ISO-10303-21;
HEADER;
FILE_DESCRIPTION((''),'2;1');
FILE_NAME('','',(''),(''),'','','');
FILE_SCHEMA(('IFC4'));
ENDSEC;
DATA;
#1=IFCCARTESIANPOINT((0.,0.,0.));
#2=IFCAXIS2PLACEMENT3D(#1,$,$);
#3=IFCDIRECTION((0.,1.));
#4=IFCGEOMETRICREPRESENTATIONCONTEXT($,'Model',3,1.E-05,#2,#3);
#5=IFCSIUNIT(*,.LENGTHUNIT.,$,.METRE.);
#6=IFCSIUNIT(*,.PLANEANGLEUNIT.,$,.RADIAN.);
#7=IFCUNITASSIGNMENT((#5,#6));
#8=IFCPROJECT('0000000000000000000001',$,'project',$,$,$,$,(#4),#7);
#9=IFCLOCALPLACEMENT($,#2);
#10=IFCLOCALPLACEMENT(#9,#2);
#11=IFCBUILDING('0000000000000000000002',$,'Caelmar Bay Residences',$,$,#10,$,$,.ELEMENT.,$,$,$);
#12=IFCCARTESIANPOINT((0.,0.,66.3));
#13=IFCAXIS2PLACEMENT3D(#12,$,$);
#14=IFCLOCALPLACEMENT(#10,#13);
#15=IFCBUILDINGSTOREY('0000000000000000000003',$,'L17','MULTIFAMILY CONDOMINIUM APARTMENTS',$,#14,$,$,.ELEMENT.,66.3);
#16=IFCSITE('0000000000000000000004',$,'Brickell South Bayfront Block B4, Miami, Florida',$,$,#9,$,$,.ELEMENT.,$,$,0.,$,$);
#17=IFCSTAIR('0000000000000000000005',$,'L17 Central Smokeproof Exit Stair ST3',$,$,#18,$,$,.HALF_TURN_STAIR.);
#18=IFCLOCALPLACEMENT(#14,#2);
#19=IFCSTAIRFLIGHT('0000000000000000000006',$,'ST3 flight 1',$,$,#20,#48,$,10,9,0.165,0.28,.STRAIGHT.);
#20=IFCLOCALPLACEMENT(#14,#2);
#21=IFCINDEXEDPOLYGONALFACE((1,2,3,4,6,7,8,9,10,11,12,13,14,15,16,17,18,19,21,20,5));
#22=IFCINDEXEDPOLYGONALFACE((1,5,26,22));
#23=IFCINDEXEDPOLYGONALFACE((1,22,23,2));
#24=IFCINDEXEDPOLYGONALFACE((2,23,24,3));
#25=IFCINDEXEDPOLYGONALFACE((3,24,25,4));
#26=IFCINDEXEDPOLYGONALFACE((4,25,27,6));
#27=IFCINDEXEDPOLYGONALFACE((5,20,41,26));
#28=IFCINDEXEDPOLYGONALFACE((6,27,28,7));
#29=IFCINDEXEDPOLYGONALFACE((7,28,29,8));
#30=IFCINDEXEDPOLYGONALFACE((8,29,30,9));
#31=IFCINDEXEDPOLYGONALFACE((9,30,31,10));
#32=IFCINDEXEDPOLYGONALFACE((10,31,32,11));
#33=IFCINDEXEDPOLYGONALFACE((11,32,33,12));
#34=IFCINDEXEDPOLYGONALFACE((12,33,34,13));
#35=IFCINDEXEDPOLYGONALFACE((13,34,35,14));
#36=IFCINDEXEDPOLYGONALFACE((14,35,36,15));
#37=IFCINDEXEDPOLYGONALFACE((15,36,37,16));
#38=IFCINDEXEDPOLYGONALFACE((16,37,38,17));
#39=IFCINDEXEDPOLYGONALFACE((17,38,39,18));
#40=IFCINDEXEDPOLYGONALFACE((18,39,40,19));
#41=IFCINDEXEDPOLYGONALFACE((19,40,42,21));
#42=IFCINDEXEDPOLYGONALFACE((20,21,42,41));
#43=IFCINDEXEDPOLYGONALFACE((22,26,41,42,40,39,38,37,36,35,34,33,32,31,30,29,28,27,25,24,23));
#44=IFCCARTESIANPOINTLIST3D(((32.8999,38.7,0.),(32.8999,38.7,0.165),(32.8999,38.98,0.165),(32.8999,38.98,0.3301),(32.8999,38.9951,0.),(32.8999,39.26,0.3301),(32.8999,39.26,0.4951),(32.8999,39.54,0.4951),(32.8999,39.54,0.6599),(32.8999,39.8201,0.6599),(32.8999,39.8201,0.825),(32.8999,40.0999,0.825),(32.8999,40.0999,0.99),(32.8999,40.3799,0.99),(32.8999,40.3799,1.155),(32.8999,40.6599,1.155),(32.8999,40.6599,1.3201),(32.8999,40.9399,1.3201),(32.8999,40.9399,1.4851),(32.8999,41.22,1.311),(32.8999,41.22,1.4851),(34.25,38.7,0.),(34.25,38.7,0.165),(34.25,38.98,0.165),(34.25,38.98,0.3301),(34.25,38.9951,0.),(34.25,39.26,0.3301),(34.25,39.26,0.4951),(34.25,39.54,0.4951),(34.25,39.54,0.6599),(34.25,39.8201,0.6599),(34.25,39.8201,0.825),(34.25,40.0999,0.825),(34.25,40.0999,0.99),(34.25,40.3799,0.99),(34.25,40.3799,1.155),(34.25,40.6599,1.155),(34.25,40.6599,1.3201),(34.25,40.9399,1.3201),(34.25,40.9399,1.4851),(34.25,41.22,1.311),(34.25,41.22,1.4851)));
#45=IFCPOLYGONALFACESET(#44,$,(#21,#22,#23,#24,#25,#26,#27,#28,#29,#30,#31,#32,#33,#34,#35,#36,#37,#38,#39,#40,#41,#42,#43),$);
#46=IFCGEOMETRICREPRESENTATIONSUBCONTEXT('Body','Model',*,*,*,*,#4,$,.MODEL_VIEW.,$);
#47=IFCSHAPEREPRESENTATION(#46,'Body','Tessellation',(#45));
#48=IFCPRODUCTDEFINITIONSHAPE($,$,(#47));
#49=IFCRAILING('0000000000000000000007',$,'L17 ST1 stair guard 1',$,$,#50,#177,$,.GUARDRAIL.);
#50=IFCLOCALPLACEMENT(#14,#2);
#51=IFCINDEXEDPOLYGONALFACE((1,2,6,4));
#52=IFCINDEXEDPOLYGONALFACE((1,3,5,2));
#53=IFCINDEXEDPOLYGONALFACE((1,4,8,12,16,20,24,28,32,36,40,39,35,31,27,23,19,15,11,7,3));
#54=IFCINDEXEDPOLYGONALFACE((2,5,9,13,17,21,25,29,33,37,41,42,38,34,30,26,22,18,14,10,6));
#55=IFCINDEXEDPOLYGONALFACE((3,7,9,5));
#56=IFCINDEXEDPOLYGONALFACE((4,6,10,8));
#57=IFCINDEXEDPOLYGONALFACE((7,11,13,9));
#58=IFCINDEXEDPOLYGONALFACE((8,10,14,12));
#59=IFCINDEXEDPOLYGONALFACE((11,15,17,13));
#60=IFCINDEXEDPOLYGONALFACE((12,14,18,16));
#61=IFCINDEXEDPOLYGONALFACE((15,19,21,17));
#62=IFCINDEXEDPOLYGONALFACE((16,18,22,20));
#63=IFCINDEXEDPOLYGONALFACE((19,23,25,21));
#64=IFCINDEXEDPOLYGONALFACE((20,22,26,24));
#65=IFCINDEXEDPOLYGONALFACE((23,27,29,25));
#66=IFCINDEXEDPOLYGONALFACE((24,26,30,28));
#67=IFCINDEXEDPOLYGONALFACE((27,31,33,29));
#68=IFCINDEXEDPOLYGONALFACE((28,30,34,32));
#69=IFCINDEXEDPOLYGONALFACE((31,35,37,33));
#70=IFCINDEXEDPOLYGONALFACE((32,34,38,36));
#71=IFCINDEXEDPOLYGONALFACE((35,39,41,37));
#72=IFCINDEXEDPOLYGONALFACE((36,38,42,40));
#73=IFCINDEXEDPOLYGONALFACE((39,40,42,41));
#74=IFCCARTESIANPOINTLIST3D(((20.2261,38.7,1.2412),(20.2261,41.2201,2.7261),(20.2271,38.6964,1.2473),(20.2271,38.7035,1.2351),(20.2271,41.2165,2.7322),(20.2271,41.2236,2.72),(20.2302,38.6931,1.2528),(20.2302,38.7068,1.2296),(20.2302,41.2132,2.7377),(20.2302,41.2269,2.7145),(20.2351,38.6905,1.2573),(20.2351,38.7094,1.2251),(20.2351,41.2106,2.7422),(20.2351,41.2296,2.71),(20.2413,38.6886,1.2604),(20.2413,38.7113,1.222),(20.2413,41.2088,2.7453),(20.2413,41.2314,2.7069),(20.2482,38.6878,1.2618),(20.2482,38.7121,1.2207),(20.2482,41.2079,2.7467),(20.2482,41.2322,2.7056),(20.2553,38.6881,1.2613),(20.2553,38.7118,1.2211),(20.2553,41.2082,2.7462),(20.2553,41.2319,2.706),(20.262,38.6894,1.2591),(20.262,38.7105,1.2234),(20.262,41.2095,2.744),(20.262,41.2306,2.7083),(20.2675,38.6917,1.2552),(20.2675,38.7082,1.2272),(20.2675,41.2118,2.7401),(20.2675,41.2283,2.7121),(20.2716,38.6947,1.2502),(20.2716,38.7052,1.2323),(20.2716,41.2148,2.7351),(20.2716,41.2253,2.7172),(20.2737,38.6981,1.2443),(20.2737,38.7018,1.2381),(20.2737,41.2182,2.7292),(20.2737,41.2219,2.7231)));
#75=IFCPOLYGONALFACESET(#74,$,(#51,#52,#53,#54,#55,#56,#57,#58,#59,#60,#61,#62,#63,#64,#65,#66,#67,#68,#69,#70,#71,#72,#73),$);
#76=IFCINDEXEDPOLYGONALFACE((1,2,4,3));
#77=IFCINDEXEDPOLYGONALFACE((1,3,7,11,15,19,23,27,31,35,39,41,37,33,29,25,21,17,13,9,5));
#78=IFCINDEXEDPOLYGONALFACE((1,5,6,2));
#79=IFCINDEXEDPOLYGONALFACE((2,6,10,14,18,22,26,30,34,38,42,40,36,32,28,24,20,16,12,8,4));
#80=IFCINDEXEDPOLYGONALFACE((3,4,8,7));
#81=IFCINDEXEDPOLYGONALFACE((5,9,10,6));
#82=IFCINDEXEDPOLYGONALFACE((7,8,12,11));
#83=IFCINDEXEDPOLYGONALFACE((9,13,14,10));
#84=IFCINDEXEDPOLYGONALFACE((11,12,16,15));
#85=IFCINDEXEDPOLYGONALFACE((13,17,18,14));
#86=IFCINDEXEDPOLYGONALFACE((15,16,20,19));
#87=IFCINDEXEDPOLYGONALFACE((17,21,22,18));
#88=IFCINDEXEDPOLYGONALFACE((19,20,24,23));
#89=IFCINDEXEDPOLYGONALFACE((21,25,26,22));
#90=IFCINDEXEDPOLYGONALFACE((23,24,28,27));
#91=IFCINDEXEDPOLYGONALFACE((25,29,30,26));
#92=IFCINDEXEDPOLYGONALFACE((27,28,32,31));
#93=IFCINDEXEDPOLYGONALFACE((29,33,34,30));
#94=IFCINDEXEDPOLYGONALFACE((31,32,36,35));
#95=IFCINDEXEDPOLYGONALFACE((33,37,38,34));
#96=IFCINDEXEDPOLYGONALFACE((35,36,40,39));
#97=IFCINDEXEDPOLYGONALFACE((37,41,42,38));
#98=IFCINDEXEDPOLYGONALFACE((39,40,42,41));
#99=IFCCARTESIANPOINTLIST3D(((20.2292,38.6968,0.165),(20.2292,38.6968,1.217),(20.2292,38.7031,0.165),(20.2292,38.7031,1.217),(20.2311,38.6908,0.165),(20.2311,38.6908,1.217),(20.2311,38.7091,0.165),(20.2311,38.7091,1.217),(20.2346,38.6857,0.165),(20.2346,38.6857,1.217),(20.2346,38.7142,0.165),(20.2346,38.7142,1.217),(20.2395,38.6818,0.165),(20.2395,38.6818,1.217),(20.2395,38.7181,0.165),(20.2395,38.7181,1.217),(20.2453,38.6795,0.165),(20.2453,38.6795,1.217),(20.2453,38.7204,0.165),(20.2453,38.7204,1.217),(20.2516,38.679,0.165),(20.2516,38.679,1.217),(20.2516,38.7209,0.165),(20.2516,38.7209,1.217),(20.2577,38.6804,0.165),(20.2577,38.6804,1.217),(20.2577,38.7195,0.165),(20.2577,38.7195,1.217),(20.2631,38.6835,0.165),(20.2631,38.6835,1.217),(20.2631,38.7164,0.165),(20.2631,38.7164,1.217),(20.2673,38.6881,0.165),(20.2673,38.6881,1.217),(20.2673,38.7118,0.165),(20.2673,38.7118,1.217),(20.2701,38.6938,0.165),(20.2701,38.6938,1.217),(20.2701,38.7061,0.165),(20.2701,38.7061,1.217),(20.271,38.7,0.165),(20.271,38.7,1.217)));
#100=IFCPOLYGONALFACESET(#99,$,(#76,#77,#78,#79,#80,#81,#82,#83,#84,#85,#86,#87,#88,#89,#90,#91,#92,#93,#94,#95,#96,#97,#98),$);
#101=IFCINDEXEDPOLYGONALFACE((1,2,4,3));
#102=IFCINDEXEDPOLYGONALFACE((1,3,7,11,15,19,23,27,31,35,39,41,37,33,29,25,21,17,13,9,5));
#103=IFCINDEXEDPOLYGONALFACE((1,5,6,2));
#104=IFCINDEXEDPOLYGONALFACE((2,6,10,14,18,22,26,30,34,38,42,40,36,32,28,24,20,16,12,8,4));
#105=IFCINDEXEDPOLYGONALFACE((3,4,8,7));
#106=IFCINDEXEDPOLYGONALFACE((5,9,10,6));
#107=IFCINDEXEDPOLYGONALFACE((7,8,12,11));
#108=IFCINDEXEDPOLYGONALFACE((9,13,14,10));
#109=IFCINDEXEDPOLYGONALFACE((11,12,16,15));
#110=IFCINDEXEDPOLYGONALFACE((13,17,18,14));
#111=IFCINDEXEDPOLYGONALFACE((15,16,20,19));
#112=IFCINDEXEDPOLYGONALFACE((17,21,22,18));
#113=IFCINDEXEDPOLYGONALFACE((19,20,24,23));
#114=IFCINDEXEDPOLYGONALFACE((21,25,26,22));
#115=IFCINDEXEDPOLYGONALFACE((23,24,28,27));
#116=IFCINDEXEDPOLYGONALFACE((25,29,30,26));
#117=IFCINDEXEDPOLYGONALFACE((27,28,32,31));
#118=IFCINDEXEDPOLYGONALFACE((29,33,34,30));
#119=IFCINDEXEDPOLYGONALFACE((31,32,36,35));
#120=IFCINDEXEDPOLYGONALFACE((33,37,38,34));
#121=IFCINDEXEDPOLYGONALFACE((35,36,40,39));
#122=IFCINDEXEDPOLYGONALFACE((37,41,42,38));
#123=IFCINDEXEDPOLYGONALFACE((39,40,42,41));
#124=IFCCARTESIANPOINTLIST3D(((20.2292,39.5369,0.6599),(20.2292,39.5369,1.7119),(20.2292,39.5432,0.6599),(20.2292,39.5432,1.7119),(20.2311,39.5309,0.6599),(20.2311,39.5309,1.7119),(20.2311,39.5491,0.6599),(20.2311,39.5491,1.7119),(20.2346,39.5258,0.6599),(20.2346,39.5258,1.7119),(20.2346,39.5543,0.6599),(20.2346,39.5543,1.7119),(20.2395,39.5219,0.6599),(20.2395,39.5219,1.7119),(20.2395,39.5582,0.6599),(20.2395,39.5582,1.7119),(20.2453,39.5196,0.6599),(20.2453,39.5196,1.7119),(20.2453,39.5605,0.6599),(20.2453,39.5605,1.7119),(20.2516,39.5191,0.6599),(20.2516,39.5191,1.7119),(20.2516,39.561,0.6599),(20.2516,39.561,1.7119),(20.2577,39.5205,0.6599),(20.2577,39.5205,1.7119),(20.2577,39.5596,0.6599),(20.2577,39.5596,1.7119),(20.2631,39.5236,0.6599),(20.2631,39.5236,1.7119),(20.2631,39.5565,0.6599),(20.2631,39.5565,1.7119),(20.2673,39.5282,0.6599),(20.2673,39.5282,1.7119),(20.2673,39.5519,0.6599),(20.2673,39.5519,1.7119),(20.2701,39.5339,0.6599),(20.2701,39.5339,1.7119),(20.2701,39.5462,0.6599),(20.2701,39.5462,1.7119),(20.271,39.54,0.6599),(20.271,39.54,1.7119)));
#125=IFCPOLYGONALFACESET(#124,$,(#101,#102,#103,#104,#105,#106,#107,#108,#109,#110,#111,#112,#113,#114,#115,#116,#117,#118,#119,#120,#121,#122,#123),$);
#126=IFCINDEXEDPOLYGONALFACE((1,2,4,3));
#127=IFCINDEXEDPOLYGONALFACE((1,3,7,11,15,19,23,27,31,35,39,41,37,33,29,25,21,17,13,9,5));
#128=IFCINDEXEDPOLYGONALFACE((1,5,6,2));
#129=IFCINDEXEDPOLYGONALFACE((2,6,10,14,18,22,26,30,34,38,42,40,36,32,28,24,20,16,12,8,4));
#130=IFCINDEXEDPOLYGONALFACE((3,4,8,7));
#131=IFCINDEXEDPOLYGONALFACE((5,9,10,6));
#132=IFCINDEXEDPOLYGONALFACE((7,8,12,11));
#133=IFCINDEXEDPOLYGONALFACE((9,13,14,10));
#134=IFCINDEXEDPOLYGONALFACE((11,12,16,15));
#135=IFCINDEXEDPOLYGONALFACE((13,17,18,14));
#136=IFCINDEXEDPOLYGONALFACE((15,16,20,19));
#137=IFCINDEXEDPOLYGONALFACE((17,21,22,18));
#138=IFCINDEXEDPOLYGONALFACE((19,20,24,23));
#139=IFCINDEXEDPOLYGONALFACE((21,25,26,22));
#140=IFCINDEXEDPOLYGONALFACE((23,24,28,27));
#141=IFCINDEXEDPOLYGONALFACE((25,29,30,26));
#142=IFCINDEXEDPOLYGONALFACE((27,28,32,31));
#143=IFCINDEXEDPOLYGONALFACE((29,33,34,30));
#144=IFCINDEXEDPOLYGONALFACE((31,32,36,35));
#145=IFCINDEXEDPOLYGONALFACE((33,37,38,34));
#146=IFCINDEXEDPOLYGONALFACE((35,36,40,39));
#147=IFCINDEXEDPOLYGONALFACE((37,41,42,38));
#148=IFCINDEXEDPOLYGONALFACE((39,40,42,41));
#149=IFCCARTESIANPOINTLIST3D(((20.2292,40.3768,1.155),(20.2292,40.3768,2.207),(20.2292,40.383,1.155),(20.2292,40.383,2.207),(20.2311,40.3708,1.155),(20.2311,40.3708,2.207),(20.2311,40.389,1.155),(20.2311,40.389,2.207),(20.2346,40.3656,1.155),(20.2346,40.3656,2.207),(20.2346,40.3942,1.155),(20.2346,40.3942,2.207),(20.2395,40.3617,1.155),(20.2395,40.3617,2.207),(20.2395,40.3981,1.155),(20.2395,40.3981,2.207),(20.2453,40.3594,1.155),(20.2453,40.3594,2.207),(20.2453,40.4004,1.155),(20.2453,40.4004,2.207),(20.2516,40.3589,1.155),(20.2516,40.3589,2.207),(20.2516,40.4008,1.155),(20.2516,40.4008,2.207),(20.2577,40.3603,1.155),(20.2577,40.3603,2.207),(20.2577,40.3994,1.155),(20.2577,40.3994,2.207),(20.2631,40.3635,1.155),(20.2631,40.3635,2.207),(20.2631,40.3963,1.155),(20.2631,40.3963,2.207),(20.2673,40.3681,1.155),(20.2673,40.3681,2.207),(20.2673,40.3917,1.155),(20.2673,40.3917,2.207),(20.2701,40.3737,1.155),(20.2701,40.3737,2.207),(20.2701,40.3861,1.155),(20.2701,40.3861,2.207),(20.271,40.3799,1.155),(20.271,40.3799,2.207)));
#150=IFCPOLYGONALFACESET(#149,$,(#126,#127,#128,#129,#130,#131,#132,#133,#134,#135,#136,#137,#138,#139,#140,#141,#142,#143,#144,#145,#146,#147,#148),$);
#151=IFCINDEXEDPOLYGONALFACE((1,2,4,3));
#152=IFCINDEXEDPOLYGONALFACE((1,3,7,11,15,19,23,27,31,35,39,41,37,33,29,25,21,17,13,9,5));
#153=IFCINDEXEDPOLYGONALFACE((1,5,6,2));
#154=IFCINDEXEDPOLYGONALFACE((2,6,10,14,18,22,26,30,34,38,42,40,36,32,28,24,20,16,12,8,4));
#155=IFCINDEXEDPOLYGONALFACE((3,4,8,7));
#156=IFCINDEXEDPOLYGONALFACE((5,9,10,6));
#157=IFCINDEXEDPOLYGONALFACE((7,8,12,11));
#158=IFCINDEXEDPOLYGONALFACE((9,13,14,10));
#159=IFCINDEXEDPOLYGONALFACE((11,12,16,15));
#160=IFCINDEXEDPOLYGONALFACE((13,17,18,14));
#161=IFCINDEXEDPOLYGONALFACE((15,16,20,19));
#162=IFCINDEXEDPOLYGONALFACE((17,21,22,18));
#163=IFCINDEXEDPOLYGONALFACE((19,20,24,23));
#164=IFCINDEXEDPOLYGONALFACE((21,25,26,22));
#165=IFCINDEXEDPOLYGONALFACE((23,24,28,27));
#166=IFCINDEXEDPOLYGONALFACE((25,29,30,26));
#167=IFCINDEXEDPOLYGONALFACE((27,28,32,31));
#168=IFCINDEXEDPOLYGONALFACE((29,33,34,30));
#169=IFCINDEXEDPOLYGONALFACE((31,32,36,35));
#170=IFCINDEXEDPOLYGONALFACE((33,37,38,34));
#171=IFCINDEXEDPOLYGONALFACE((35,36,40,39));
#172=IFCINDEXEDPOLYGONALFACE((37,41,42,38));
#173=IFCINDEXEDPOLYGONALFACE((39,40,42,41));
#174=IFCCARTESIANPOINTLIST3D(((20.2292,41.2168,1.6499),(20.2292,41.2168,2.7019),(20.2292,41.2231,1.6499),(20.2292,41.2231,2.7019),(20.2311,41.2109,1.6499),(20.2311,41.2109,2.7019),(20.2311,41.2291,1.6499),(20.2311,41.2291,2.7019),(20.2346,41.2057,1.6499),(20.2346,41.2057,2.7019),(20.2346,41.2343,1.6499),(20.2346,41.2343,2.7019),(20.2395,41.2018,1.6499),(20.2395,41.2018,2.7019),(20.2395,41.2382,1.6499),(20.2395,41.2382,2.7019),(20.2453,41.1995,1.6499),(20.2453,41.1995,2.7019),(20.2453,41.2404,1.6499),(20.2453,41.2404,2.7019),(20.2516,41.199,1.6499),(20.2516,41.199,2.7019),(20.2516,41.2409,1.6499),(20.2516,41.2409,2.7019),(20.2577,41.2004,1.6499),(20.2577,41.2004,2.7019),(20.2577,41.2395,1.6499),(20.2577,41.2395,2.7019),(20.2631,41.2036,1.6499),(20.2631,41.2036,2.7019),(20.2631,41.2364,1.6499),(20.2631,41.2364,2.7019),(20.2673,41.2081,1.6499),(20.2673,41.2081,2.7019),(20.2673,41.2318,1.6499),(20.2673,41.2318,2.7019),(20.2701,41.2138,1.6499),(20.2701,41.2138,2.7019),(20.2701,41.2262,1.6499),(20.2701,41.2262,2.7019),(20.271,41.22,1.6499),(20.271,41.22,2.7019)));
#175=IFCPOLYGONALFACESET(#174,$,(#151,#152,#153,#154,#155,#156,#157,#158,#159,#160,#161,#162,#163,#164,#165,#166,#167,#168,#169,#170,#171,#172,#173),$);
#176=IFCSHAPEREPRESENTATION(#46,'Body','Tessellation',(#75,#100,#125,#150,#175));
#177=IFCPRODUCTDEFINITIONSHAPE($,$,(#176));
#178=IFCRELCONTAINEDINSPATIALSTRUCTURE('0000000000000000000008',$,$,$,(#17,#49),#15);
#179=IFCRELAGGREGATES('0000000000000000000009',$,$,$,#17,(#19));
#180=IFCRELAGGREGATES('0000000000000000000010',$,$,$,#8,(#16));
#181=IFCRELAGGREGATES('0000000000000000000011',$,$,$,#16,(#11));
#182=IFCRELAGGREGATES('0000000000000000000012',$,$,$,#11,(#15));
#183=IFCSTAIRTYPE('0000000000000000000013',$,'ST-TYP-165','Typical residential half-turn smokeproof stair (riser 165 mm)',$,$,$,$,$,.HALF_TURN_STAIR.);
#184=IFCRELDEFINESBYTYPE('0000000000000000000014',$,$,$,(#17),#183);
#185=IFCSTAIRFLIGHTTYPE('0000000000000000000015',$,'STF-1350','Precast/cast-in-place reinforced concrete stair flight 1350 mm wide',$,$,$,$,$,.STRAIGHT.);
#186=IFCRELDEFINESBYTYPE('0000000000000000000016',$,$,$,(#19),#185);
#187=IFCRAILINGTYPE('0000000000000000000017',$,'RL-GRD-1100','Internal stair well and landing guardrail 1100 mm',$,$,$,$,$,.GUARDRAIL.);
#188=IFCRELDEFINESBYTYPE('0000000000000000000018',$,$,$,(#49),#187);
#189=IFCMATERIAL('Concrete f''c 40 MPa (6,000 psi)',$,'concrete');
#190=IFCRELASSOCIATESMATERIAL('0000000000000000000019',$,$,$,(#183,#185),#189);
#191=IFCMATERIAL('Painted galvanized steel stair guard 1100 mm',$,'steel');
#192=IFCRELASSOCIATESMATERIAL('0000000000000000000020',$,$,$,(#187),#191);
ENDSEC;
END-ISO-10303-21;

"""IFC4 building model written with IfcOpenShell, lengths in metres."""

from ifc_helpers import new_model, si_unit, direction, frame, origin, origin_2d, place, context, subcontext, project, spatial, polyline, circle, outline, extrude, material, type_object, element, aggregate, save


model = new_model("IFC4")

# Units and contexts
model_context = context("Model", 3, precision=1e-05, world=origin(), true_north=direction((0.0, 1.0)))
body_context = subcontext(model_context, "Body", "Model", "MODEL_VIEW")
ifc_project = project(units=[si_unit("LENGTHUNIT", "METRE"), si_unit("PLANEANGLEUNIT", "RADIAN")], contexts=[model_context])

# Site, building, storey
site_placement = place(None, origin())
site = spatial("IfcSite", under=ifc_project, at=site_placement, Name="Brickell South Bayfront Block B4, Miami, Florida", CompositionType="ELEMENT", RefElevation=0.0)
building_placement = place(site_placement, origin())
building = spatial("IfcBuilding", under=site, at=building_placement, Name="Caelmar Bay Residences", CompositionType="ELEMENT")
storey_placement = place(building_placement, frame((0.0, 0.0, 66.3)))
storey = spatial("IfcBuildingStorey", under=building, at=storey_placement, Name="L17", Description="MULTIFAMILY CONDOMINIUM APARTMENTS", CompositionType="ELEMENT", Elevation=66.3)

# Stair, stair flight
ifc_material_1 = material(Name="Concrete f'c 40 MPa (6,000 psi)", Category="concrete")
stair_type = type_object("IfcStairType", Name="ST-TYP-165", Description="Typical residential half-turn smokeproof stair (riser 165 mm)", PredefinedType="HALF_TURN_STAIR", material=ifc_material_1)
stair_flight_type = type_object("IfcStairFlightType", Name="STF-1350", Description="Precast/cast-in-place reinforced concrete stair flight 1350 mm wide", PredefinedType="STRAIGHT", material=ifc_material_1)
stair_1_placement = place(storey_placement, origin())
stair_1 = element("IfcStair", 1, at=stair_1_placement, inside=storey, type_object=stair_type, Name="L17 Central Smokeproof Exit Stair ST3", PredefinedType="HALF_TURN_STAIR")
stair_flight_1_placement = place(storey_placement, frame((33.575, 38.7, 0.0), z_axis=(0.0, 0.0, 1.0), x_axis=(0.0, 1.0, 0.0)))
stair_flight_1 = element("IfcStairFlight", 2, at=stair_flight_1_placement, type_object=stair_flight_type, Name="ST3 flight 1", NumberOfRisers=10, NumberOfTreads=9, PredefinedType="STRAIGHT", RiserHeight=0.165, TreadLength=0.28, context=body_context, shape_type="SweptSolid", body=[
    extrude(outline(polyline([(0.0, 0.0), (0.0, 0.165), (0.28, 0.165), (0.28, 0.3301), (0.5601, 0.3301), (0.5601, 0.4951), (0.8401, 0.4951), (0.8401, 0.6599), (1.1201, 0.6599), (1.1201, 0.825), (1.3999, 0.825), (1.3999, 0.99), (1.6799, 0.99), (1.6799, 1.155), (1.96, 1.155), (1.96, 1.3201), (2.24, 1.3201), (2.24, 1.4851), (2.52, 1.4851), (2.52, 1.6499), (2.52, 1.311), (0.2952, 0.0), (0.0, 0.0)])), frame((0.0, 0.675, 0.0), z_axis=(0.0, -1.0, 0.0), x_axis=(1.0, 0.0, 0.0)), (0.0, 0.0, 1.0), 1.3501),
])
aggregate(stair_1, [stair_flight_1])

# Railing
ifc_material_2 = material(Name="Painted galvanized steel stair guard 1100 mm", Category="steel")
railing_type_1 = type_object("IfcRailingType", Name="RL-GRD-1100", Description="Internal stair well and landing guardrail 1100 mm", PredefinedType="GUARDRAIL", material=ifc_material_2)
railing_1_placement = place(storey_placement, frame((20.25, 38.7, 0.165)))
element("IfcRailing", 3, at=railing_1_placement, inside=storey, type_object=railing_type_1, Name="L17 ST1 stair guard 1", PredefinedType="GUARDRAIL", context=body_context, shape_type="SweptSolid", body=[
    extrude(circle(Radius=0.0239, at=origin_2d()), frame((0.0, 0.0, 1.0762), z_axis=(0.0, 0.861561, 0.507655), x_axis=(-1.0, 0.0, 0.0)), (0.0, 0.0, 1.0), 2.925),
    extrude(circle(Radius=0.021, at=origin_2d()), origin(), (0.0, 0.0, 1.0), 1.052),
    extrude(circle(Radius=0.021, at=origin_2d()), frame((0.0, 0.8401, 0.4949)), (0.0, 0.0, 1.0), 1.052),
    extrude(circle(Radius=0.021, at=origin_2d()), frame((0.0, 1.6799, 0.99)), (0.0, 0.0, 1.0), 1.052),
    extrude(circle(Radius=0.021, at=origin_2d()), frame((0.0, 2.52, 1.4849)), (0.0, 0.0, 1.0), 1.052),
])

save(model, "model.ifc")
